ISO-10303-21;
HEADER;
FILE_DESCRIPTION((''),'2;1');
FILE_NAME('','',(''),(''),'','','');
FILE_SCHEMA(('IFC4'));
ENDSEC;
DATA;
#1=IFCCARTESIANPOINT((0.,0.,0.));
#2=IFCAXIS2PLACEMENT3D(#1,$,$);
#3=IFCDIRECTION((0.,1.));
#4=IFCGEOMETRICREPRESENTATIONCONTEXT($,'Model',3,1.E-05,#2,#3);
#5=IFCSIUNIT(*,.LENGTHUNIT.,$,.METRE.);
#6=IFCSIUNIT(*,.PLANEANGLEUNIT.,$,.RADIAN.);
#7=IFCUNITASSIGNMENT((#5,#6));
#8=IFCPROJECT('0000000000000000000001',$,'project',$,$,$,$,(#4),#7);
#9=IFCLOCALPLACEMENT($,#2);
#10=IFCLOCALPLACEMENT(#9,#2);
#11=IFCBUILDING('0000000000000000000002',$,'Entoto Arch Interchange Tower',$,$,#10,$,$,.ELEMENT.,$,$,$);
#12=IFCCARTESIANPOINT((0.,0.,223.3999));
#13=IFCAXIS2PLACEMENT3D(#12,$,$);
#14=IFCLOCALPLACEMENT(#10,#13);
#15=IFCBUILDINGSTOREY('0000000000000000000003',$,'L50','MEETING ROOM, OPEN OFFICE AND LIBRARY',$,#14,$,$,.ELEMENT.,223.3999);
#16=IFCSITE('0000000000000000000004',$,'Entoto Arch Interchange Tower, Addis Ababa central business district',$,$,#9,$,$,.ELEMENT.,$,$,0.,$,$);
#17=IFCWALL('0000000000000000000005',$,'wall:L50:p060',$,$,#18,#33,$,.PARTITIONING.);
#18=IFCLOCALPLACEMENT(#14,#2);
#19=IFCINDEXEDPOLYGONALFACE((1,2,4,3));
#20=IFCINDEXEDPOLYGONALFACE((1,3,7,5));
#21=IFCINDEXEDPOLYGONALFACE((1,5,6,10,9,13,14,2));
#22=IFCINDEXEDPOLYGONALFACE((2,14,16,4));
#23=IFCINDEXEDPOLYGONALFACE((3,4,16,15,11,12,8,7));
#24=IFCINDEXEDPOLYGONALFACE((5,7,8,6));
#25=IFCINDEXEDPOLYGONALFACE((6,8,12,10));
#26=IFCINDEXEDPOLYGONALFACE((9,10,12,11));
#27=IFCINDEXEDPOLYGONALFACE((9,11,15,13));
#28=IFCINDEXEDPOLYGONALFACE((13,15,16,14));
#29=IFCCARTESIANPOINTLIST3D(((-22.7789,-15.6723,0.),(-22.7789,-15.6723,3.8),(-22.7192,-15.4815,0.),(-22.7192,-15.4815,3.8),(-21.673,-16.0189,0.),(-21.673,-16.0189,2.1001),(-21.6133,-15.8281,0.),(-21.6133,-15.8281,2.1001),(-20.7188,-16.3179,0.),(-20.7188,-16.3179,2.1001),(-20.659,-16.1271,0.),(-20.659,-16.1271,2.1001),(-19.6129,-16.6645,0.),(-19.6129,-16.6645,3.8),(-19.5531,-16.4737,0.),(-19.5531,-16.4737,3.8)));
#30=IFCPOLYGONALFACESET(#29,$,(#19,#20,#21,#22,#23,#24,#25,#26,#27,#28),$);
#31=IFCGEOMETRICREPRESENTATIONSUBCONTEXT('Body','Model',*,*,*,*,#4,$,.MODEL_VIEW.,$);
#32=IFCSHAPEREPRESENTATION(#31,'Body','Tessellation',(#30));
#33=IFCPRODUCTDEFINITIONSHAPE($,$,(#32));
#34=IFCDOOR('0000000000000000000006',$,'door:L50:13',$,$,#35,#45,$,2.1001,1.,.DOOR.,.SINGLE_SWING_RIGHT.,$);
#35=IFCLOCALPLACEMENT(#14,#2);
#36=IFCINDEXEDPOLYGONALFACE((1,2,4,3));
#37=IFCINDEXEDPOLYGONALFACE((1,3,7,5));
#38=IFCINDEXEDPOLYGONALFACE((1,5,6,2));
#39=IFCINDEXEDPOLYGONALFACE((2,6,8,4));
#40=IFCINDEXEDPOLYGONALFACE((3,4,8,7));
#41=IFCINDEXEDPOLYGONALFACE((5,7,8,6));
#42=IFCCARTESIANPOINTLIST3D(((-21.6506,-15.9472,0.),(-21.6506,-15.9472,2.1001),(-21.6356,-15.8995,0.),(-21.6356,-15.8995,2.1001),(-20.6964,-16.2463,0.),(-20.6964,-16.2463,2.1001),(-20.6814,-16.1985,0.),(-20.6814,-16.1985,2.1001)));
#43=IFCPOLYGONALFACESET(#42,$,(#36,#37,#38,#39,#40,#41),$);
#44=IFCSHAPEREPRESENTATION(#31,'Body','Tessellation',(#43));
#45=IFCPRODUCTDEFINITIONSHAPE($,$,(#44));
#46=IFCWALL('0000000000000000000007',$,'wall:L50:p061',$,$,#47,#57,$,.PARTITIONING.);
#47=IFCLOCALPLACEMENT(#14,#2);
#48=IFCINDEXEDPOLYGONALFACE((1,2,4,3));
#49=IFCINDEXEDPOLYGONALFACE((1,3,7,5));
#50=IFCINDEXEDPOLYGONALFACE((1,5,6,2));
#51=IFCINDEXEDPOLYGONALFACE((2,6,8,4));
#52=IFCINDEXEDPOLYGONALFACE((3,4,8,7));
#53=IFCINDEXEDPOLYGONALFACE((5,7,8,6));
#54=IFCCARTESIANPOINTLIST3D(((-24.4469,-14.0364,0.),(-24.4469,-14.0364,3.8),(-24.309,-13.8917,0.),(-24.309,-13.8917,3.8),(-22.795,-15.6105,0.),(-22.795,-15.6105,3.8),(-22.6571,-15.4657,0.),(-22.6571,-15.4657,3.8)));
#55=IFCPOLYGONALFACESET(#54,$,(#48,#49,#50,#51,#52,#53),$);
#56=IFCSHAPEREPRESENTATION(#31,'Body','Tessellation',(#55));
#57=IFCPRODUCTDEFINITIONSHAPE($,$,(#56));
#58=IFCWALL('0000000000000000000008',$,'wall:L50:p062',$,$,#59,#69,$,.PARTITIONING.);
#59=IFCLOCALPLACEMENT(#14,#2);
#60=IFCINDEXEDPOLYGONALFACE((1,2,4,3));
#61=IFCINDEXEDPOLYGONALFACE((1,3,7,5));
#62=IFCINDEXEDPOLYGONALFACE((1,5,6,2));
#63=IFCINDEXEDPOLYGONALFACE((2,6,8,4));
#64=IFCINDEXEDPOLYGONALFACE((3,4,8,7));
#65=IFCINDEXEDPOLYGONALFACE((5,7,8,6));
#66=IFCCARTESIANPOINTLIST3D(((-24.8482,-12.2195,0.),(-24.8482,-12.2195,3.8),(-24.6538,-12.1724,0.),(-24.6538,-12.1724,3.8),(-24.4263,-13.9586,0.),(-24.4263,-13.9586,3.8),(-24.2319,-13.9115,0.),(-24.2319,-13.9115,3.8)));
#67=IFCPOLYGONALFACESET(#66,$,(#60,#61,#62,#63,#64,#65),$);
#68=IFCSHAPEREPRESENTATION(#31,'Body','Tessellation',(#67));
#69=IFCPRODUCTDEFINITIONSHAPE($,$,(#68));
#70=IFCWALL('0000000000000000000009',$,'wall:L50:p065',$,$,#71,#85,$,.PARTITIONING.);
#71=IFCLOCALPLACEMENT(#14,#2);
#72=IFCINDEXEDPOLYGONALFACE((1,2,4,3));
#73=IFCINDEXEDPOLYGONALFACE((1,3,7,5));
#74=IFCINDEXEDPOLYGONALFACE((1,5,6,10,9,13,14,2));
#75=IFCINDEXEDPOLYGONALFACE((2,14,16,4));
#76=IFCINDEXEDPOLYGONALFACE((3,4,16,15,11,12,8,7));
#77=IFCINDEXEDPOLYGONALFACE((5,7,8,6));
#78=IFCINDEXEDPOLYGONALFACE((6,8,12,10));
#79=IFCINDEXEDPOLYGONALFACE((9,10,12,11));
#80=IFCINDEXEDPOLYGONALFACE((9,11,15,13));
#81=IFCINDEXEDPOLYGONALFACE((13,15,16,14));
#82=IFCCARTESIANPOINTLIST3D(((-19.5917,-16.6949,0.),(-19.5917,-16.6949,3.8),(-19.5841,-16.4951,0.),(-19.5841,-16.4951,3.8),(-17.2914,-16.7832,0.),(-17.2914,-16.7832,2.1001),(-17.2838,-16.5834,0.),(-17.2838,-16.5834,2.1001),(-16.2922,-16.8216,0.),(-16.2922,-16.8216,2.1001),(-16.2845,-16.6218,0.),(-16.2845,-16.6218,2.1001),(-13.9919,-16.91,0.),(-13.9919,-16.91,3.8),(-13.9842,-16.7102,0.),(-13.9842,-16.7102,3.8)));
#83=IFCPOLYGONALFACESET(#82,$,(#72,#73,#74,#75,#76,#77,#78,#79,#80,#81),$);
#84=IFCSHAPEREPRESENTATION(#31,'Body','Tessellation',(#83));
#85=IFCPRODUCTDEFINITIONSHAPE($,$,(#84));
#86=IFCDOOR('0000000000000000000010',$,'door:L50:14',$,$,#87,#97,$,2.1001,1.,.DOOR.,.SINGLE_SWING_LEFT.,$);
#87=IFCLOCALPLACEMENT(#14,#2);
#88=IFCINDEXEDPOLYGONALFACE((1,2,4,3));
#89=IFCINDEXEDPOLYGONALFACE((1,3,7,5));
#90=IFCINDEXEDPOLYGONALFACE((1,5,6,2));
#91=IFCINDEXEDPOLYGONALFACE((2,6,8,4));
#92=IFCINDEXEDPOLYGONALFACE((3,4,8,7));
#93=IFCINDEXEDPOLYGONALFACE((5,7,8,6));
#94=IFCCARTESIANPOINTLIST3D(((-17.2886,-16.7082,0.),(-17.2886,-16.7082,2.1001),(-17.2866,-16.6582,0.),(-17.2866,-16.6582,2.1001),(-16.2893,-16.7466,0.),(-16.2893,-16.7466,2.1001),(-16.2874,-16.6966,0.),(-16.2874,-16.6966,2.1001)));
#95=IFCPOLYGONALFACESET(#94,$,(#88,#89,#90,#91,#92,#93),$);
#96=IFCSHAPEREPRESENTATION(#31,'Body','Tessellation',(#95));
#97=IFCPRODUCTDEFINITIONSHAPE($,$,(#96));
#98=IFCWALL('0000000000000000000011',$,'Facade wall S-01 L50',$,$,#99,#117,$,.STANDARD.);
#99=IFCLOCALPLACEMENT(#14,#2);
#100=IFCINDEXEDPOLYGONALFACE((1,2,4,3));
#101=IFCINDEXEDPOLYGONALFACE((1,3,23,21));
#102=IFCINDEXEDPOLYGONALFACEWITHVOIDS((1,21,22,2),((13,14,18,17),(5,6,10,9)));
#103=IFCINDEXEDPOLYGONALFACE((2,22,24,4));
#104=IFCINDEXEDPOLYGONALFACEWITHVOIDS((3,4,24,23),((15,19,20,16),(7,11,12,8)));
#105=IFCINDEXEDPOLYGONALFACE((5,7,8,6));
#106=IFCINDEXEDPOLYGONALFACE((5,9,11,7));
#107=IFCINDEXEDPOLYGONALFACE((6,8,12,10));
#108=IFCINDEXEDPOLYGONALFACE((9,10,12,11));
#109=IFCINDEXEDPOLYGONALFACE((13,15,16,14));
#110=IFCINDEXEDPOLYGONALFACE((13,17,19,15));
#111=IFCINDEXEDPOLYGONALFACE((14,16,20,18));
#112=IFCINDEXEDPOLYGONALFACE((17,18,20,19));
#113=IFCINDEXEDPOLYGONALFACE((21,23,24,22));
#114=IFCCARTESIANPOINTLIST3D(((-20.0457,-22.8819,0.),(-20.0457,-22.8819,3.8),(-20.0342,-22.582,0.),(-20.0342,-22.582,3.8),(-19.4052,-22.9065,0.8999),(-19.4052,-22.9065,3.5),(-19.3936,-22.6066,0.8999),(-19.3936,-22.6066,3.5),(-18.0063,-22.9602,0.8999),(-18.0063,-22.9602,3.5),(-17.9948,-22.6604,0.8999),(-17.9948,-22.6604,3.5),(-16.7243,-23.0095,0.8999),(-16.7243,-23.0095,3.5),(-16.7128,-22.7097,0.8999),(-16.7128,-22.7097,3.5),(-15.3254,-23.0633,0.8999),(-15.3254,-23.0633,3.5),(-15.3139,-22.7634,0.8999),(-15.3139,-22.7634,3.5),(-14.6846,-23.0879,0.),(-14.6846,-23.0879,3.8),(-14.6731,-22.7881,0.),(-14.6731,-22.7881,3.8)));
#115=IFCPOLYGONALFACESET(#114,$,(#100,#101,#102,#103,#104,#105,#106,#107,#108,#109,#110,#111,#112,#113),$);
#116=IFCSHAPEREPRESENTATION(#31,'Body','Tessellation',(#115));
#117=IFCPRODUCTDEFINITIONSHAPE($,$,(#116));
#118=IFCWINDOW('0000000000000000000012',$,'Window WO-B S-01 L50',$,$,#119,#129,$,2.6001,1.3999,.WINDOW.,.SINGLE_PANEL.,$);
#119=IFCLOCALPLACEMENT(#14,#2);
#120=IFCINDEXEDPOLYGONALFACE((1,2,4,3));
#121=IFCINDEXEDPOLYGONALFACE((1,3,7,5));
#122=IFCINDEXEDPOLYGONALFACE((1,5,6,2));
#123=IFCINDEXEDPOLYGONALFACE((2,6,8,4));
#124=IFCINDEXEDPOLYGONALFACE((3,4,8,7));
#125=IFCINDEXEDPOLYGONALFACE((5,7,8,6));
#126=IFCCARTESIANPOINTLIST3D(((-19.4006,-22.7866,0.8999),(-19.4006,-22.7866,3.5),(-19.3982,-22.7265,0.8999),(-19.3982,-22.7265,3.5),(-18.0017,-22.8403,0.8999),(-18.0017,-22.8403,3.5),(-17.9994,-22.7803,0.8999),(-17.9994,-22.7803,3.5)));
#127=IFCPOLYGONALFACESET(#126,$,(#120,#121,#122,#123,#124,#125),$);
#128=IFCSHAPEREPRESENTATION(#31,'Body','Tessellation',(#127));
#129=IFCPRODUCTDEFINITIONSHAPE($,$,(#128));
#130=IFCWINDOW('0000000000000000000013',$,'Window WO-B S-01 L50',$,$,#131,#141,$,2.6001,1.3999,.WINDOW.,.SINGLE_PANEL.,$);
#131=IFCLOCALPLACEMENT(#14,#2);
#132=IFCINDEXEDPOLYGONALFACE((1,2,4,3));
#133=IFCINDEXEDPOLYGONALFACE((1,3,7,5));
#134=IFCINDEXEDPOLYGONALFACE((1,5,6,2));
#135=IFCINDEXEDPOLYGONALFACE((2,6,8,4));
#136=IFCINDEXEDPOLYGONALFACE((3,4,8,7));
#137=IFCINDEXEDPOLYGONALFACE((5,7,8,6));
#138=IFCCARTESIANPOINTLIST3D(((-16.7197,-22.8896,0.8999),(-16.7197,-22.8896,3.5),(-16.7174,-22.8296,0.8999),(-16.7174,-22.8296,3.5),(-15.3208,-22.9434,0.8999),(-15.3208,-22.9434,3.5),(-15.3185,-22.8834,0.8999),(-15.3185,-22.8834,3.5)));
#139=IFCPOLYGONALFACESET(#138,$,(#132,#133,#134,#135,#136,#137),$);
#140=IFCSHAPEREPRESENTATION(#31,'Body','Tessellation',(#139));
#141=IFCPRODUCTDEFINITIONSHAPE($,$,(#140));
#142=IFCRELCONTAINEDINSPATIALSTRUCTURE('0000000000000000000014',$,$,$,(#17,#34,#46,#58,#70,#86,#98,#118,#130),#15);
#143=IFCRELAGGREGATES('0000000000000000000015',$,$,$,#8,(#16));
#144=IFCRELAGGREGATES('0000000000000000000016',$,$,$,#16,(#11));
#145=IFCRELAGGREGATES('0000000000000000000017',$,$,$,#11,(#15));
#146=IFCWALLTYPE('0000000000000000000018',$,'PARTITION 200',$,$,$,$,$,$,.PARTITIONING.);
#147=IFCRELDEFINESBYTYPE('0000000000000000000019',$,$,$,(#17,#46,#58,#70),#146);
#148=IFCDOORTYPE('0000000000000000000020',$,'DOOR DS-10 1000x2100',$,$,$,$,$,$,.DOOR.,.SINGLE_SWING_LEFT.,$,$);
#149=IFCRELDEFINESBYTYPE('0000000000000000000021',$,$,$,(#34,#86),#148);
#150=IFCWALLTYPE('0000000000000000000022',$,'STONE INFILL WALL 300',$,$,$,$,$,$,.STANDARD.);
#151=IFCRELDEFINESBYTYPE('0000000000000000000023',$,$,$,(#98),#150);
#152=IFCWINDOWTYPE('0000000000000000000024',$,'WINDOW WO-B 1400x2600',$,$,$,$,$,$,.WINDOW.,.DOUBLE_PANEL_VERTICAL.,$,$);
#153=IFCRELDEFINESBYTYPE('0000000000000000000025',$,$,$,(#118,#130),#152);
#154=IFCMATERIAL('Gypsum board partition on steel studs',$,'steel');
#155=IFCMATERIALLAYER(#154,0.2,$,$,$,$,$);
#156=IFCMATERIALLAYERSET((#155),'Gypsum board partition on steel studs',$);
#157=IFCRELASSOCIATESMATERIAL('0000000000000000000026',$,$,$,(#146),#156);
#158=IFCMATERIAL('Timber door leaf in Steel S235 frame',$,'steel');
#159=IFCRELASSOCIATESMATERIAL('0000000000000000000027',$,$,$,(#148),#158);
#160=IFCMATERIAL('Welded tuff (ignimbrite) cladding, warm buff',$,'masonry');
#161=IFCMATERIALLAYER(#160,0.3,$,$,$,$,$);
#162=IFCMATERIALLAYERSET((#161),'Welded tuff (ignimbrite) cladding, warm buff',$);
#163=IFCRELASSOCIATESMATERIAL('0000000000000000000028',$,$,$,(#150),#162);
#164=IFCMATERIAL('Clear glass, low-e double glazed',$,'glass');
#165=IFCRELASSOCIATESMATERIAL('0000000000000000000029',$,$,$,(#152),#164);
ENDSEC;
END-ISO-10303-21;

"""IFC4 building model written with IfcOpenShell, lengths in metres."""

from ifc_helpers import new_model, si_unit, direction, frame, frame_2d, origin, place, context, subcontext, project, spatial, rectangle, extrude, material, layer, layer_set, type_object, element, fill, save


model = new_model("IFC4")

# Units and contexts
model_context = context("Model", 3, precision=1e-05, world=origin(), true_north=direction((0.0, 1.0)))
body_context = subcontext(model_context, "Body", "Model", "MODEL_VIEW")
ifc_project = project(units=[si_unit("LENGTHUNIT", "METRE"), si_unit("PLANEANGLEUNIT", "RADIAN")], contexts=[model_context])

# Site, building, storey
site_placement = place(None, origin())
site = spatial("IfcSite", under=ifc_project, at=site_placement, Name="Entoto Arch Interchange Tower, Addis Ababa central business district", CompositionType="ELEMENT", RefElevation=0.0)
building_placement = place(site_placement, origin())
building = spatial("IfcBuilding", under=site, at=building_placement, Name="Entoto Arch Interchange Tower", CompositionType="ELEMENT")
storey_placement = place(building_placement, frame((0.0, 0.0, 223.3999)))
storey = spatial("IfcBuildingStorey", under=building, at=storey_placement, Name="L50", Description="MEETING ROOM, OPEN OFFICE AND LIBRARY", CompositionType="ELEMENT", Elevation=223.3999)

# Shared definitions
ifc_material_1 = material(Name="Gypsum board partition on steel studs", Category="steel")

# Shared definitions
ifc_layer_1 = layer(ifc_material_1, 0.2)
ifc_layer_set_1 = layer_set([ifc_layer_1], Name="Gypsum board partition on steel studs")
wall_type_1 = type_object("IfcWallType", Name="PARTITION 200", PredefinedType="PARTITIONING", material=ifc_layer_set_1)
ifc_material_2 = material(Name="Timber door leaf in Steel S235 frame", Category="steel")
door_type = type_object("IfcDoorType", Name="DOOR DS-10 1000x2100", OperationType="SINGLE_SWING_LEFT", PredefinedType="DOOR", material=ifc_material_2)

# Wall, opening, door
wall_1_placement = place(storey_placement, frame((-19.583, -16.5691, 0.0), z_axis=(0.0, 0.0, 1.0), x_axis=(-0.954239, 0.299046, 0.0)))
wall_1 = element("IfcWall", 1, at=wall_1_placement, inside=storey, type_object=wall_type_1, Name="wall:L50:p060", PredefinedType="PARTITIONING", context=body_context, shape_type="SweptSolid", body=[
    extrude(rectangle(XDim=3.3179, YDim=0.2, at=frame_2d((1.6589, 0.0))), origin(), (0.0, 0.0, 1.0), 3.8),
])
opening_1_placement = place(wall_1_placement, frame((1.1589, 0.0, 0.0)))
opening_1 = element("IfcOpeningElement", 2, at=opening_1_placement, cuts=wall_1, PredefinedType="OPENING", context=body_context, shape_type="SweptSolid", body=[
    extrude(rectangle(XDim=1.0, YDim=2.1001, at=frame_2d((0.5, 1.05))), frame((0.0, 0.1099, 0.0), z_axis=(0.0, -1.0, 0.0), x_axis=(1.0, 0.0, 0.0)), (0.0, 0.0, 1.0), 0.22),
])
door_1_placement = place(opening_1_placement, origin())
door_1 = element("IfcDoor", 3, at=door_1_placement, inside=storey, type_object=door_type, Name="door:L50:13", OperationType="SINGLE_SWING_RIGHT", OverallHeight=2.1001, OverallWidth=1.0, PredefinedType="DOOR", context=body_context, shape_type="SweptSolid", body=[
    extrude(rectangle(XDim=1.0, YDim=2.1001, at=frame_2d((0.5, 1.05))), frame((0.0, 0.0249, 0.0), z_axis=(0.0, -1.0, 0.0), x_axis=(1.0, 0.0, 0.0)), (0.0, 0.0, 1.0), 0.05),
])
fill(opening_1, door_1)

# Walls
wall_2_placement = place(storey_placement, frame((-22.7261, -15.5381, 0.0), z_axis=(0.0, 0.0, 1.0), x_axis=(-0.723967, 0.689834, 0.0)))
element("IfcWall", 4, at=wall_2_placement, inside=storey, type_object=wall_type_1, Name="wall:L50:p061", PredefinedType="PARTITIONING", context=body_context, shape_type="SweptSolid", body=[
    extrude(rectangle(XDim=2.2817, YDim=0.2, at=frame_2d((1.1409, 0.0))), origin(), (0.0, 0.0, 1.0), 3.8),
])
wall_3_placement = place(storey_placement, frame((-24.3291, -13.9351, 0.0), z_axis=(0.0, 0.0, 1.0), x_axis=(-0.235756, 0.971812, 0.0)))
element("IfcWall", 5, at=wall_3_placement, inside=storey, type_object=wall_type_1, Name="wall:L50:p062", PredefinedType="PARTITIONING", context=body_context, shape_type="SweptSolid", body=[
    extrude(rectangle(XDim=1.7896, YDim=0.2, at=frame_2d((0.8948, 0.0))), origin(), (0.0, 0.0, 1.0), 3.8),
])

# Wall, opening, door
wall_4_placement = place(storey_placement, frame((-13.988, -16.8101, 0.0), z_axis=(0.0, 0.0, 1.0), x_axis=(-0.999263, 0.038381, 0.0)))
wall_4 = element("IfcWall", 6, at=wall_4_placement, inside=storey, type_object=wall_type_1, Name="wall:L50:p065", PredefinedType="PARTITIONING", context=body_context, shape_type="SweptSolid", body=[
    extrude(rectangle(XDim=5.604, YDim=0.2, at=frame_2d((2.802, 0.0))), origin(), (0.0, 0.0, 1.0), 3.8),
])
opening_2_placement = place(wall_4_placement, frame((2.302, 0.0, 0.0)))
opening_2 = element("IfcOpeningElement", 7, at=opening_2_placement, cuts=wall_4, PredefinedType="OPENING", context=body_context, shape_type="SweptSolid", body=[
    extrude(rectangle(XDim=1.0, YDim=2.1001, at=frame_2d((0.5, 1.05))), frame((0.0, 0.1099, 0.0), z_axis=(0.0, -1.0, 0.0), x_axis=(1.0, 0.0, 0.0)), (0.0, 0.0, 1.0), 0.22),
])
door_2_placement = place(opening_2_placement, origin())
door_2 = element("IfcDoor", 8, at=door_2_placement, inside=storey, type_object=door_type, Name="door:L50:14", OperationType="SINGLE_SWING_LEFT", OverallHeight=2.1001, OverallWidth=1.0, PredefinedType="DOOR", context=body_context, shape_type="SweptSolid", body=[
    extrude(rectangle(XDim=1.0, YDim=2.1001, at=frame_2d((0.5, 1.05))), frame((0.0, 0.0249, 0.0), z_axis=(0.0, -1.0, 0.0), x_axis=(1.0, 0.0, 0.0)), (0.0, 0.0, 1.0), 0.05),
])
fill(opening_2, door_2)

# Wall, openings, windows
ifc_material_3 = material(Name="Welded tuff (ignimbrite) cladding, warm buff", Category="masonry")
ifc_layer_2 = layer(ifc_material_3, 0.3)
ifc_layer_set_2 = layer_set([ifc_layer_2], Name="Welded tuff (ignimbrite) cladding, warm buff")
wall_type_2 = type_object("IfcWallType", Name="STONE INFILL WALL 300", PredefinedType="STANDARD", material=ifc_layer_set_2)
wall_5_placement = place(storey_placement, frame((-20.04, -22.7319, 0.0), z_axis=(0.0, 0.0, 1.0), x_axis=(0.999262, -0.038407, 0.0)))
wall_5 = element("IfcWall", 9, at=wall_5_placement, inside=storey, type_object=wall_type_2, Name="Facade wall S-01 L50", PredefinedType="STANDARD", context=body_context, shape_type="SweptSolid", body=[
    extrude(rectangle(XDim=5.365, YDim=0.3, at=frame_2d((2.6826, 0.0))), origin(), (0.0, 0.0, 1.0), 3.8),
])
opening_3_placement = place(wall_5_placement, frame((0.6411, 0.0, 0.8999)))
opening_3 = element("IfcOpeningElement", 10, at=opening_3_placement, cuts=wall_5, PredefinedType="OPENING", context=body_context, shape_type="SweptSolid", body=[
    extrude(rectangle(XDim=1.3999, YDim=2.6001, at=frame_2d((0.7, 1.3))), frame((0.0, 0.1602, 0.0), z_axis=(0.0, -1.0, 0.0), x_axis=(1.0, 0.0, 0.0)), (0.0, 0.0, 1.0), 0.3201),
])
opening_4_placement = place(wall_5_placement, frame((3.324, 0.0, 0.8999)))
opening_4 = element("IfcOpeningElement", 11, at=opening_4_placement, cuts=wall_5, PredefinedType="OPENING", context=body_context, shape_type="SweptSolid", body=[
    extrude(rectangle(XDim=1.3999, YDim=2.6001, at=frame_2d((0.7, 1.3))), frame((0.0, 0.1602, 0.0), z_axis=(0.0, -1.0, 0.0), x_axis=(1.0, 0.0, 0.0)), (0.0, 0.0, 1.0), 0.3201),
])
ifc_material_4 = material(Name="Clear glass, low-e double glazed", Category="glass")
window_type = type_object("IfcWindowType", Name="WINDOW WO-B 1400x2600", PartitioningType="DOUBLE_PANEL_VERTICAL", PredefinedType="WINDOW", material=ifc_material_4)
window_1_placement = place(opening_3_placement, origin())
window_1 = element("IfcWindow", 12, at=window_1_placement, inside=storey, type_object=window_type, Name="Window WO-B S-01 L50", OverallHeight=2.6001, OverallWidth=1.3999, PartitioningType="SINGLE_PANEL", PredefinedType="WINDOW", context=body_context, shape_type="SweptSolid", body=[
    extrude(rectangle(XDim=1.3999, YDim=2.6001, at=frame_2d((0.7, 1.3))), frame((0.0, 0.03, 0.0), z_axis=(0.0, -1.0, 0.0), x_axis=(1.0, 0.0, 0.0)), (0.0, 0.0, 1.0), 0.0601),
])
fill(opening_3, window_1)
window_2_placement = place(opening_4_placement, origin())
window_2 = element("IfcWindow", 13, at=window_2_placement, inside=storey, type_object=window_type, Name="Window WO-B S-01 L50", OverallHeight=2.6001, OverallWidth=1.3999, PartitioningType="SINGLE_PANEL", PredefinedType="WINDOW", context=body_context, shape_type="SweptSolid", body=[
    extrude(rectangle(XDim=1.3999, YDim=2.6001, at=frame_2d((0.7, 1.3))), frame((0.0, 0.03, 0.0), z_axis=(0.0, -1.0, 0.0), x_axis=(1.0, 0.0, 0.0)), (0.0, 0.0, 1.0), 0.0601),
])
fill(opening_4, window_2)

save(model, "model.ifc")
